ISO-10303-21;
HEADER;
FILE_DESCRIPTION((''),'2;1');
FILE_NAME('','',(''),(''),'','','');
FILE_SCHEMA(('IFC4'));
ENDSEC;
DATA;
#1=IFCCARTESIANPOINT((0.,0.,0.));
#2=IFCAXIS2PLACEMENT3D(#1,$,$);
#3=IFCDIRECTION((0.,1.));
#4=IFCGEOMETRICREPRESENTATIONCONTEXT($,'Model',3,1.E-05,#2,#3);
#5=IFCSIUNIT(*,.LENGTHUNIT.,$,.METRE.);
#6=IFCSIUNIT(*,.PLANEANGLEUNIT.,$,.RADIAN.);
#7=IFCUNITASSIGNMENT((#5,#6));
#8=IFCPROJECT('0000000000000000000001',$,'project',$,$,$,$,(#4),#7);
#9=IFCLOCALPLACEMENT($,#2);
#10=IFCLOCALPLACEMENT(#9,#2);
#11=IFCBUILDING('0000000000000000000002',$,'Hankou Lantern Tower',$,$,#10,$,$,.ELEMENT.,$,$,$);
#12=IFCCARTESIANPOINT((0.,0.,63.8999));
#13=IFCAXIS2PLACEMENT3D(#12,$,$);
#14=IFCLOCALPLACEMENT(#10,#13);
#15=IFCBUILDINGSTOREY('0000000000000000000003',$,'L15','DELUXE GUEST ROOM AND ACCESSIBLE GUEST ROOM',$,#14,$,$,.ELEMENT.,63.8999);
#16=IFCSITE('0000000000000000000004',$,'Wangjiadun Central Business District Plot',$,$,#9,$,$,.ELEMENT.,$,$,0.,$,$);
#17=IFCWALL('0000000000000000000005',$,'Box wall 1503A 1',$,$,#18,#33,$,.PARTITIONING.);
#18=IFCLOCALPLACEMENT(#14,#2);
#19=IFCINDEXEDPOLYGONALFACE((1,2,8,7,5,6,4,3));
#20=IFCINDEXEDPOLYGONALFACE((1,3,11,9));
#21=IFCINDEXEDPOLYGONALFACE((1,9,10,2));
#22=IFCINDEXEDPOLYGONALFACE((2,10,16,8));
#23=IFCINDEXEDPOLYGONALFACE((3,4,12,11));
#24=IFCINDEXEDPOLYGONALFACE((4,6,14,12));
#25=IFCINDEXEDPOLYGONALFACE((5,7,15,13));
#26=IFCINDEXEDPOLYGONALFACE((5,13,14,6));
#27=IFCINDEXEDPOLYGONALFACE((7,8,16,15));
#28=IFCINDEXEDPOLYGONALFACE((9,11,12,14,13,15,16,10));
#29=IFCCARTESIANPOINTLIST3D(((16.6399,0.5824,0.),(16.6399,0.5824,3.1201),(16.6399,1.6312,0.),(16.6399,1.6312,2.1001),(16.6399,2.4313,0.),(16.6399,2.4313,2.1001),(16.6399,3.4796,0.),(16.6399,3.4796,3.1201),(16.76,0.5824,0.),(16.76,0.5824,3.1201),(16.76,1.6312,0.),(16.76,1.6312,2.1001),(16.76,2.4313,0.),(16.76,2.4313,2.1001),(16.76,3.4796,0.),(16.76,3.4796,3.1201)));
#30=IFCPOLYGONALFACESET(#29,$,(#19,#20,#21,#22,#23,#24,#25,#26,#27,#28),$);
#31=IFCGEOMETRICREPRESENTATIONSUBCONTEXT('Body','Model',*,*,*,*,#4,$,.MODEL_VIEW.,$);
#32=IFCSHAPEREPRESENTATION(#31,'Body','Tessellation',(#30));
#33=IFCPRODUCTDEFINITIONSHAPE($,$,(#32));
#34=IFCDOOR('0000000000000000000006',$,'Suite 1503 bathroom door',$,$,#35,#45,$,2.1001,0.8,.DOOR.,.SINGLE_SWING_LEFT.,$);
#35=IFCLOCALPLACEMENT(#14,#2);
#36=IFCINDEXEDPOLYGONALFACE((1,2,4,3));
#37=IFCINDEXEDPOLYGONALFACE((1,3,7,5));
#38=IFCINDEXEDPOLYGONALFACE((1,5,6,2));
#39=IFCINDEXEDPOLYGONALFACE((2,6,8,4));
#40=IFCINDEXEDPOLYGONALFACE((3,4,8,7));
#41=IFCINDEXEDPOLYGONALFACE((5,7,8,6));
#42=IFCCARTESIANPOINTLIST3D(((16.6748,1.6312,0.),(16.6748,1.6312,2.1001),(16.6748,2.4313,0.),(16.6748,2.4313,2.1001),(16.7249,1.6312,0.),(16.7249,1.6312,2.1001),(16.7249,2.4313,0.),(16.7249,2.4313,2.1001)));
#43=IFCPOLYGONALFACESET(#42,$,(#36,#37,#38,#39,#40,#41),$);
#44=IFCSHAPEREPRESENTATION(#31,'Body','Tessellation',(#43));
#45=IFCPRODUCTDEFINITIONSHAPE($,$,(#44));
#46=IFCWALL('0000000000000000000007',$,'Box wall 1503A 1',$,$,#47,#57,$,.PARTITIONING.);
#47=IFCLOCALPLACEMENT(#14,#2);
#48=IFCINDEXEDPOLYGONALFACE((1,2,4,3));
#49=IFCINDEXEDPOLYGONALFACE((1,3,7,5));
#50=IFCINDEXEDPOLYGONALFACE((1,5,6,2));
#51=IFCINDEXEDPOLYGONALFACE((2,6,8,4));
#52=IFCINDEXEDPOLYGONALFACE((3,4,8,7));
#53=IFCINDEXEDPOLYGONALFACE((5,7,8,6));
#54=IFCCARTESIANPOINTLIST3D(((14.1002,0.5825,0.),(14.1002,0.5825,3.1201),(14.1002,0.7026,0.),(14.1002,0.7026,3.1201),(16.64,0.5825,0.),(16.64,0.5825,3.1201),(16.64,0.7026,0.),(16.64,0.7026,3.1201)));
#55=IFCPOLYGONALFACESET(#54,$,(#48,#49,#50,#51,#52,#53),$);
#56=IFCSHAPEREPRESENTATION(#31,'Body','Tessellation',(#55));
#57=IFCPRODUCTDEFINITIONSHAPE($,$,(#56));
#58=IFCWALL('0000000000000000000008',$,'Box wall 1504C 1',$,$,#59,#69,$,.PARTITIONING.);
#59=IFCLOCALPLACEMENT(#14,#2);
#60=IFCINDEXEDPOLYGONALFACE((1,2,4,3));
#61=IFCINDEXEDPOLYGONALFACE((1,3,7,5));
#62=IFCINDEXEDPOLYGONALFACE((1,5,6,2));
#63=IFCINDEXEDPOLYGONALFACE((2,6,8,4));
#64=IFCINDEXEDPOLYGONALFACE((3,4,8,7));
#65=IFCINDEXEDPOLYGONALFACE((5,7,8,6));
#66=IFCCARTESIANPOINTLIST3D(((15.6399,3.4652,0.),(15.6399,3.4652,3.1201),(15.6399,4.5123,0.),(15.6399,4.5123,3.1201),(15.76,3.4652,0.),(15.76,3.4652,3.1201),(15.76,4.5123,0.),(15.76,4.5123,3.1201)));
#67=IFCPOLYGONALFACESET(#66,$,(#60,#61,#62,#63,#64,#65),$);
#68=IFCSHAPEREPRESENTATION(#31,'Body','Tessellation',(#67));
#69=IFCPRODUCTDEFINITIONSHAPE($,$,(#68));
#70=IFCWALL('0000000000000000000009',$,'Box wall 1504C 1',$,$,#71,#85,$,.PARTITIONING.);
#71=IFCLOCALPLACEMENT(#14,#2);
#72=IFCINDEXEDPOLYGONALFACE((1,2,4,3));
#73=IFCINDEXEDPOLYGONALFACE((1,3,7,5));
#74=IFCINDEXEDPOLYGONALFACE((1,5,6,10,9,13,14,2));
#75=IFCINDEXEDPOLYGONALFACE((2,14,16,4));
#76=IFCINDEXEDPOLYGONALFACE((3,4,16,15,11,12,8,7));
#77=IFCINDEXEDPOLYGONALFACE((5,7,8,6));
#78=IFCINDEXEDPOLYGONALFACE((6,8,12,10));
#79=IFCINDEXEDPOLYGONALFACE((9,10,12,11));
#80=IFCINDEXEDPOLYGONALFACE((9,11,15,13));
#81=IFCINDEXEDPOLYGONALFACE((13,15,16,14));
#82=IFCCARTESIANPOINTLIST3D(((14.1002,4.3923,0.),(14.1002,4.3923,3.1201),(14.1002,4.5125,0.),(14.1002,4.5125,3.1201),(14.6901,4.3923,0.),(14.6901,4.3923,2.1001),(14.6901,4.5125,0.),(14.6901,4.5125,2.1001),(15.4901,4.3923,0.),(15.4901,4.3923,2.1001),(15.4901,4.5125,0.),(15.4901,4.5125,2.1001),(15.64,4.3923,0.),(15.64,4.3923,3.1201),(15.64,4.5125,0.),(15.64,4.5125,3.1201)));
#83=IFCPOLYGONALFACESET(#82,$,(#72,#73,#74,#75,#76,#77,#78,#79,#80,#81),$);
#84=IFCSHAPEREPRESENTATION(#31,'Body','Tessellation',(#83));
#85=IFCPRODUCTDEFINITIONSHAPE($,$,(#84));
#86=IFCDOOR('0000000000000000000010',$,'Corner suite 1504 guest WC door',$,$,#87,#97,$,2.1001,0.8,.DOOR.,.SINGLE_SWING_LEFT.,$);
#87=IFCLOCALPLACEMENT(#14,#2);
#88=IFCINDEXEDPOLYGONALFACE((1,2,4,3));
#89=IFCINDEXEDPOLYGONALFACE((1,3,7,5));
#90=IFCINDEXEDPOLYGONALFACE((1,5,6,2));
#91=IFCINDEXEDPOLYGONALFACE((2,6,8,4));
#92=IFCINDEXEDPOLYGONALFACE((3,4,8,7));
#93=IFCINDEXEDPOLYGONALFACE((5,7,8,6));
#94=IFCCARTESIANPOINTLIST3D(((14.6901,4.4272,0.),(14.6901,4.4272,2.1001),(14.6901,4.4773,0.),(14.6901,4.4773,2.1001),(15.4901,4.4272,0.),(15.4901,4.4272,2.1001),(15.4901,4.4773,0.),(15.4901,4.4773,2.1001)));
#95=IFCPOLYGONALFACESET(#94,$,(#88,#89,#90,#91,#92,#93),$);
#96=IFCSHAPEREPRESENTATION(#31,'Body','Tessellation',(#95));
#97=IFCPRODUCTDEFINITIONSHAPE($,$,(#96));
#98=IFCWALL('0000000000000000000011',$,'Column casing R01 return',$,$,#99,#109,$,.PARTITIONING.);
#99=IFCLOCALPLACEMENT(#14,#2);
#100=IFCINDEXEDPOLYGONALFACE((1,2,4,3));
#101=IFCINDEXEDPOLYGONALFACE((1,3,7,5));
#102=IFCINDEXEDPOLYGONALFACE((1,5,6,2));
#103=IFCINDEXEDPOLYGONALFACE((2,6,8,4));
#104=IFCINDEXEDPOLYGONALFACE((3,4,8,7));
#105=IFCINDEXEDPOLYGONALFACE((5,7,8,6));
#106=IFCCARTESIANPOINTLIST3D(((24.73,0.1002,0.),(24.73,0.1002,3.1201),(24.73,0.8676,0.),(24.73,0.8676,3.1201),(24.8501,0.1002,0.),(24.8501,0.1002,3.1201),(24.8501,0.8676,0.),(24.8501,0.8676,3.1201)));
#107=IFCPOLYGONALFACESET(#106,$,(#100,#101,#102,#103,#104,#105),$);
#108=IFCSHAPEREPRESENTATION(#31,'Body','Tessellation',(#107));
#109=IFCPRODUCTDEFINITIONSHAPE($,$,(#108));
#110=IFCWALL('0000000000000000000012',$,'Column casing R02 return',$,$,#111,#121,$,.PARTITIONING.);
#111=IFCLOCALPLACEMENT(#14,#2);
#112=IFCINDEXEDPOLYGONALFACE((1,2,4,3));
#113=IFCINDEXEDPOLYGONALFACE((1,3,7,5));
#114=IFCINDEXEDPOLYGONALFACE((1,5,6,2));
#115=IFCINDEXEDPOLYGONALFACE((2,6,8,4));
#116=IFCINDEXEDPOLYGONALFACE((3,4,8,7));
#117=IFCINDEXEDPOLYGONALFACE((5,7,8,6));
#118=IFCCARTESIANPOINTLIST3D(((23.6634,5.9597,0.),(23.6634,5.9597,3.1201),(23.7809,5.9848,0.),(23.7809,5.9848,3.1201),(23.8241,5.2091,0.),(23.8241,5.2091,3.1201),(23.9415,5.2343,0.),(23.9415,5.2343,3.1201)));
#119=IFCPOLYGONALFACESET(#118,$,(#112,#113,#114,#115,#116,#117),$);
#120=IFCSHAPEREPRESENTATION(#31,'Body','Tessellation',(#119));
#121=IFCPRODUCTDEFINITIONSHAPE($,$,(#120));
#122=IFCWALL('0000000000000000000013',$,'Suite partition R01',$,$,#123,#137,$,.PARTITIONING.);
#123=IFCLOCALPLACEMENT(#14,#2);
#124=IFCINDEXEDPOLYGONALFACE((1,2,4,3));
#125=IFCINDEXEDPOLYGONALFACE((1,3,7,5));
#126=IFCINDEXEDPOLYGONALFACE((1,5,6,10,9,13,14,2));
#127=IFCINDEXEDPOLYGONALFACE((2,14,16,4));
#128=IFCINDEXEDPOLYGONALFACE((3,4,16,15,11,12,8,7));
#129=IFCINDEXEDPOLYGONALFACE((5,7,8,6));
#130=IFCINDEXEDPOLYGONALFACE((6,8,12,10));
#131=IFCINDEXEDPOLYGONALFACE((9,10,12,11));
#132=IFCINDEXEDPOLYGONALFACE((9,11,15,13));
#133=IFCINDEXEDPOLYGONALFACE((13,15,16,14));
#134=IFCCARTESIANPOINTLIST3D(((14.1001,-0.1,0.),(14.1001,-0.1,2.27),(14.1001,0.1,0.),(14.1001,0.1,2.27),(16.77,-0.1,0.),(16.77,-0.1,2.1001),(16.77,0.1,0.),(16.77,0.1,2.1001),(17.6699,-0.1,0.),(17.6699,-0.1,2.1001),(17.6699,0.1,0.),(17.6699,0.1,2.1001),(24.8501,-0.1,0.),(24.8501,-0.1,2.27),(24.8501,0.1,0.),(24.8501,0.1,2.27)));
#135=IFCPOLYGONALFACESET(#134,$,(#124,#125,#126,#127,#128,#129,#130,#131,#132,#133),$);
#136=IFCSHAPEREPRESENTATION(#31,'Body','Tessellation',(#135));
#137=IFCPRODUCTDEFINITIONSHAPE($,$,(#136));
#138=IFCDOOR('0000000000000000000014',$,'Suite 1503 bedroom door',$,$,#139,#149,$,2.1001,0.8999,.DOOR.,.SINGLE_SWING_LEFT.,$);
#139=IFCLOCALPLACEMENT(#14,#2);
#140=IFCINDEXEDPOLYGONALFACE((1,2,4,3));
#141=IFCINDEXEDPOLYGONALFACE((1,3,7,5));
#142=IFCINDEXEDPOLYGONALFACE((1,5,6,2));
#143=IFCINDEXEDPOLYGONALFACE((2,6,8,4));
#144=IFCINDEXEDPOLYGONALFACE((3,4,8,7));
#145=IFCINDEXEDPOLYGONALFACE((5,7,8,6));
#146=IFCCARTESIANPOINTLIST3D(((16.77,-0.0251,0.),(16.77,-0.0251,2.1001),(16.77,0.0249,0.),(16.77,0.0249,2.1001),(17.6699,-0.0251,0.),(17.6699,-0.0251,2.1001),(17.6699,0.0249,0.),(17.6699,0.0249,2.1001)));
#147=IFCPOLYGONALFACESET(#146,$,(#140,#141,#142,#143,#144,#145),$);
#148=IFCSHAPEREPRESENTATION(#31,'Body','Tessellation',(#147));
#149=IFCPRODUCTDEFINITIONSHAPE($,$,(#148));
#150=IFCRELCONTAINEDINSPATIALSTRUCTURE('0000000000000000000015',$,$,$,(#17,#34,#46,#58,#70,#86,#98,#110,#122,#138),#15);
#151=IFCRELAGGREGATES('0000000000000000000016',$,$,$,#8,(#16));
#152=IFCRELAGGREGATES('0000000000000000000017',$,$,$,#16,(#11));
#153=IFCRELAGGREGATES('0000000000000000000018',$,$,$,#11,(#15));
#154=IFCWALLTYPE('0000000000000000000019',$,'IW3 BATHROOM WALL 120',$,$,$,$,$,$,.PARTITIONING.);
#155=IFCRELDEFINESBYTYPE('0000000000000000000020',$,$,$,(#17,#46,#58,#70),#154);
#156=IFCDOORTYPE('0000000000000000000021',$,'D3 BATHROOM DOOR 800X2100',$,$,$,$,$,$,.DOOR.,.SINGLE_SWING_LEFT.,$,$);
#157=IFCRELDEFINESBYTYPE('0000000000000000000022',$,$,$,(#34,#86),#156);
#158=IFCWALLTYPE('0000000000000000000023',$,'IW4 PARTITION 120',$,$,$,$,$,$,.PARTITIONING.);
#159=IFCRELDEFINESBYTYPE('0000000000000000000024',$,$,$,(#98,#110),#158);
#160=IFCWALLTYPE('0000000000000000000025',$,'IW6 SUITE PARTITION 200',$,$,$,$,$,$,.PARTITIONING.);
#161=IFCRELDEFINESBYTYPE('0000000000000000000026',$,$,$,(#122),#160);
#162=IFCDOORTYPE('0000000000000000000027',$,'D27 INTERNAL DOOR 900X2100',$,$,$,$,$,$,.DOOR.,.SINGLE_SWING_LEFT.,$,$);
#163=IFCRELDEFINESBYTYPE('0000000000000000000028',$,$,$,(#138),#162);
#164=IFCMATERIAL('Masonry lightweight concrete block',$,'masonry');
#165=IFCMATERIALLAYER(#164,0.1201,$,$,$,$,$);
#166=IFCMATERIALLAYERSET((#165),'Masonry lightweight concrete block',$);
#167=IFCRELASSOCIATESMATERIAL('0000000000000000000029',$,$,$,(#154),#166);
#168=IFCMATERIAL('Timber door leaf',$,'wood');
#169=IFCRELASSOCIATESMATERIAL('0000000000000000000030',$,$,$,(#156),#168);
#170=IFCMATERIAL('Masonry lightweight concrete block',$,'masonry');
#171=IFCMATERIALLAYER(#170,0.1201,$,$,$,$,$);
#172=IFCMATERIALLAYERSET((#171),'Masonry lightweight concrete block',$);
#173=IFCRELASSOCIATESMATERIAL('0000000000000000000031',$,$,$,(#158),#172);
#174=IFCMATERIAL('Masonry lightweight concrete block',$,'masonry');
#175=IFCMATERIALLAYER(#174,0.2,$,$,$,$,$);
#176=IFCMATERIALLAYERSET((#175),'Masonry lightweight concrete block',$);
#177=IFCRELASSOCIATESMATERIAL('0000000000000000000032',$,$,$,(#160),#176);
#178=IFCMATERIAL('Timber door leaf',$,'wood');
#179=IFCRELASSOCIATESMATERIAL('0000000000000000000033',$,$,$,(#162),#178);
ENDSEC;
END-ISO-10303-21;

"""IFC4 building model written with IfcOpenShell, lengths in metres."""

from ifc_helpers import new_model, si_unit, direction, frame, frame_2d, origin, place, context, subcontext, project, spatial, rectangle, extrude, material, layer, layer_set, type_object, element, fill, save


model = new_model("IFC4")

# Units and contexts
model_context = context("Model", 3, precision=1e-05, world=origin(), true_north=direction((0.0, 1.0)))
body_context = subcontext(model_context, "Body", "Model", "MODEL_VIEW")
ifc_project = project(units=[si_unit("LENGTHUNIT", "METRE"), si_unit("PLANEANGLEUNIT", "RADIAN")], contexts=[model_context])

# Site, building, storey
site_placement = place(None, origin())
site = spatial("IfcSite", under=ifc_project, at=site_placement, Name="Wangjiadun Central Business District Plot", CompositionType="ELEMENT", RefElevation=0.0)
building_placement = place(site_placement, origin())
building = spatial("IfcBuilding", under=site, at=building_placement, Name="Hankou Lantern Tower", CompositionType="ELEMENT")
storey_placement = place(building_placement, frame((0.0, 0.0, 63.8999)))
storey = spatial("IfcBuildingStorey", under=building, at=storey_placement, Name="L15", Description="DELUXE GUEST ROOM AND ACCESSIBLE GUEST ROOM", CompositionType="ELEMENT", Elevation=63.8999)

# Shared definitions
ifc_material_1 = material(Name="Masonry lightweight concrete block", Category="masonry")
ifc_layer_1 = layer(ifc_material_1, 0.1201)
ifc_layer_set_1 = layer_set([ifc_layer_1], Name="Masonry lightweight concrete block")
wall_type_1 = type_object("IfcWallType", Name="IW3 BATHROOM WALL 120", PredefinedType="PARTITIONING", material=ifc_layer_set_1)

# Wall, opening, door
ifc_material_2 = material(Name="Timber door leaf", Category="wood")
door_type_1 = type_object("IfcDoorType", Name="D3 BATHROOM DOOR 800X2100", OperationType="SINGLE_SWING_LEFT", PredefinedType="DOOR", material=ifc_material_2)
wall_1_placement = place(storey_placement, frame((16.7, 3.4797, 0.0), z_axis=(0.0, 0.0, 1.0), x_axis=(0.0, -1.0, 0.0)))
wall_1 = element("IfcWall", 1, at=wall_1_placement, inside=storey, type_object=wall_type_1, Name="Box wall 1503A 1", PredefinedType="PARTITIONING", context=body_context, shape_type="SweptSolid", body=[
    extrude(rectangle(XDim=2.8972, YDim=0.1201, at=frame_2d((1.4487, 0.0))), origin(), (0.0, 0.0, 1.0), 3.1201),
])
opening_1_placement = place(wall_1_placement, frame((1.0486, 0.0, 0.0)))
opening_1 = element("IfcOpeningElement", 2, at=opening_1_placement, cuts=wall_1, PredefinedType="OPENING", context=body_context, shape_type="SweptSolid", body=[
    extrude(rectangle(XDim=0.8, YDim=2.1001, at=frame_2d((0.3999, 1.05))), frame((0.0, 0.0701, 0.0), z_axis=(0.0, -1.0, 0.0), x_axis=(1.0, 0.0, 0.0)), (0.0, 0.0, 1.0), 0.1401),
])
door_1_placement = place(opening_1_placement, origin())
door_1 = element("IfcDoor", 3, at=door_1_placement, inside=storey, type_object=door_type_1, Name="Suite 1503 bathroom door", OperationType="SINGLE_SWING_LEFT", OverallHeight=2.1001, OverallWidth=0.8, PredefinedType="DOOR", context=body_context, shape_type="SweptSolid", body=[
    extrude(rectangle(XDim=0.8, YDim=2.1001, at=frame_2d((0.3999, 1.05))), frame((0.0, 0.0249, 0.0), z_axis=(0.0, -1.0, 0.0), x_axis=(1.0, 0.0, 0.0)), (0.0, 0.0, 1.0), 0.05),
])
fill(opening_1, door_1)

# Walls
wall_2_placement = place(storey_placement, frame((14.1001, 0.6426, 0.0), z_axis=(0.0, 0.0, 1.0), x_axis=(1.0, 0.0, 0.0)))
element("IfcWall", 4, at=wall_2_placement, inside=storey, type_object=wall_type_1, Name="Box wall 1503A 1", PredefinedType="PARTITIONING", context=body_context, shape_type="SweptSolid", body=[
    extrude(rectangle(XDim=2.5398, YDim=0.1201, at=frame_2d((1.27, 0.0))), origin(), (0.0, 0.0, 1.0), 3.1201),
])
wall_3_placement = place(storey_placement, frame((15.7, 3.4653, 0.0), z_axis=(0.0, 0.0, 1.0), x_axis=(0.0, 1.0, 0.0)))
element("IfcWall", 5, at=wall_3_placement, inside=storey, type_object=wall_type_1, Name="Box wall 1504C 1", PredefinedType="PARTITIONING", context=body_context, shape_type="SweptSolid", body=[
    extrude(rectangle(XDim=1.0471, YDim=0.1201, at=frame_2d((0.5234, 0.0))), origin(), (0.0, 0.0, 1.0), 3.1201),
])

# Wall, opening, door
wall_4_placement = place(storey_placement, frame((14.1001, 4.4524, 0.0), z_axis=(0.0, 0.0, 1.0), x_axis=(1.0, 0.0, 0.0)))
wall_4 = element("IfcWall", 6, at=wall_4_placement, inside=storey, type_object=wall_type_1, Name="Box wall 1504C 1", PredefinedType="PARTITIONING", context=body_context, shape_type="SweptSolid", body=[
    extrude(rectangle(XDim=1.5398, YDim=0.1201, at=frame_2d((0.77, 0.0))), origin(), (0.0, 0.0, 1.0), 3.1201),
])
opening_2_placement = place(wall_4_placement, frame((0.5901, 0.0, 0.0)))
opening_2 = element("IfcOpeningElement", 7, at=opening_2_placement, cuts=wall_4, PredefinedType="OPENING", context=body_context, shape_type="SweptSolid", body=[
    extrude(rectangle(XDim=0.8, YDim=2.1001, at=frame_2d((0.3999, 1.05))), frame((0.0, 0.0701, 0.0), z_axis=(0.0, -1.0, 0.0), x_axis=(1.0, 0.0, 0.0)), (0.0, 0.0, 1.0), 0.1401),
])
door_2_placement = place(opening_2_placement, origin())
door_2 = element("IfcDoor", 8, at=door_2_placement, inside=storey, type_object=door_type_1, Name="Corner suite 1504 guest WC door", OperationType="SINGLE_SWING_LEFT", OverallHeight=2.1001, OverallWidth=0.8, PredefinedType="DOOR", context=body_context, shape_type="SweptSolid", body=[
    extrude(rectangle(XDim=0.8, YDim=2.1001, at=frame_2d((0.3999, 1.05))), frame((0.0, 0.0249, 0.0), z_axis=(0.0, -1.0, 0.0), x_axis=(1.0, 0.0, 0.0)), (0.0, 0.0, 1.0), 0.05),
])
fill(opening_2, door_2)

# Walls
ifc_material_3 = material(Name="Masonry lightweight concrete block", Category="masonry")
ifc_layer_2 = layer(ifc_material_3, 0.1201)
ifc_layer_set_2 = layer_set([ifc_layer_2], Name="Masonry lightweight concrete block")
wall_type_2 = type_object("IfcWallType", Name="IW4 PARTITION 120", PredefinedType="PARTITIONING", material=ifc_layer_set_2)
wall_5_placement = place(storey_placement, frame((24.79, 0.1001, 0.0), z_axis=(0.0, 0.0, 1.0), x_axis=(0.0, 1.0, 0.0)))
element("IfcWall", 9, at=wall_5_placement, inside=storey, type_object=wall_type_2, Name="Column casing R01 return", PredefinedType="PARTITIONING", context=body_context, shape_type="SweptSolid", body=[
    extrude(rectangle(XDim=0.7673, YDim=0.1201, at=frame_2d((0.3838, 0.0))), origin(), (0.0, 0.0, 1.0), 3.1201),
])
wall_6_placement = place(storey_placement, frame((23.8828, 5.2217, 0.0), z_axis=(0.0, 0.0, 1.0), x_axis=(-0.209312, 0.977849, 0.0)))
element("IfcWall", 10, at=wall_6_placement, inside=storey, type_object=wall_type_2, Name="Column casing R02 return", PredefinedType="PARTITIONING", context=body_context, shape_type="SweptSolid", body=[
    extrude(rectangle(XDim=0.7676, YDim=0.1201, at=frame_2d((0.3838, 0.0))), origin(), (0.0, 0.0, 1.0), 3.1201),
])

# Wall, opening, door
ifc_material_4 = material(Name="Masonry lightweight concrete block", Category="masonry")
ifc_layer_3 = layer(ifc_material_4, 0.2)
ifc_layer_set_3 = layer_set([ifc_layer_3], Name="Masonry lightweight concrete block")
wall_type_3 = type_object("IfcWallType", Name="IW6 SUITE PARTITION 200", PredefinedType="PARTITIONING", material=ifc_layer_set_3)
wall_7_placement = place(storey_placement, frame((14.1001, 0.0, 0.0), z_axis=(0.0, 0.0, 1.0), x_axis=(1.0, 0.0, 0.0)))
wall_7 = element("IfcWall", 11, at=wall_7_placement, inside=storey, type_object=wall_type_3, Name="Suite partition R01", PredefinedType="PARTITIONING", context=body_context, shape_type="SweptSolid", body=[
    extrude(rectangle(XDim=10.75, YDim=0.2, at=frame_2d((5.375, 0.0))), origin(), (0.0, 0.0, 1.0), 2.27),
])
opening_3_placement = place(wall_7_placement, frame((2.6699, 0.0, 0.0)))
opening_3 = element("IfcOpeningElement", 12, at=opening_3_placement, cuts=wall_7, PredefinedType="OPENING", context=body_context, shape_type="SweptSolid", body=[
    extrude(rectangle(XDim=0.8999, YDim=2.1001, at=frame_2d((0.45, 1.05))), frame((0.0, 0.1099, 0.0), z_axis=(0.0, -1.0, 0.0), x_axis=(1.0, 0.0, 0.0)), (0.0, 0.0, 1.0), 0.22),
])
ifc_material_5 = material(Name="Timber door leaf", Category="wood")
door_type_2 = type_object("IfcDoorType", Name="D27 INTERNAL DOOR 900X2100", OperationType="SINGLE_SWING_LEFT", PredefinedType="DOOR", material=ifc_material_5)
door_3_placement = place(opening_3_placement, origin())
door_3 = element("IfcDoor", 13, at=door_3_placement, inside=storey, type_object=door_type_2, Name="Suite 1503 bedroom door", OperationType="SINGLE_SWING_LEFT", OverallHeight=2.1001, OverallWidth=0.8999, PredefinedType="DOOR", context=body_context, shape_type="SweptSolid", body=[
    extrude(rectangle(XDim=0.8999, YDim=2.1001, at=frame_2d((0.45, 1.05))), frame((0.0, 0.0249, 0.0), z_axis=(0.0, -1.0, 0.0), x_axis=(1.0, 0.0, 0.0)), (0.0, 0.0, 1.0), 0.05),
])
fill(opening_3, door_3)

save(model, "model.ifc")
